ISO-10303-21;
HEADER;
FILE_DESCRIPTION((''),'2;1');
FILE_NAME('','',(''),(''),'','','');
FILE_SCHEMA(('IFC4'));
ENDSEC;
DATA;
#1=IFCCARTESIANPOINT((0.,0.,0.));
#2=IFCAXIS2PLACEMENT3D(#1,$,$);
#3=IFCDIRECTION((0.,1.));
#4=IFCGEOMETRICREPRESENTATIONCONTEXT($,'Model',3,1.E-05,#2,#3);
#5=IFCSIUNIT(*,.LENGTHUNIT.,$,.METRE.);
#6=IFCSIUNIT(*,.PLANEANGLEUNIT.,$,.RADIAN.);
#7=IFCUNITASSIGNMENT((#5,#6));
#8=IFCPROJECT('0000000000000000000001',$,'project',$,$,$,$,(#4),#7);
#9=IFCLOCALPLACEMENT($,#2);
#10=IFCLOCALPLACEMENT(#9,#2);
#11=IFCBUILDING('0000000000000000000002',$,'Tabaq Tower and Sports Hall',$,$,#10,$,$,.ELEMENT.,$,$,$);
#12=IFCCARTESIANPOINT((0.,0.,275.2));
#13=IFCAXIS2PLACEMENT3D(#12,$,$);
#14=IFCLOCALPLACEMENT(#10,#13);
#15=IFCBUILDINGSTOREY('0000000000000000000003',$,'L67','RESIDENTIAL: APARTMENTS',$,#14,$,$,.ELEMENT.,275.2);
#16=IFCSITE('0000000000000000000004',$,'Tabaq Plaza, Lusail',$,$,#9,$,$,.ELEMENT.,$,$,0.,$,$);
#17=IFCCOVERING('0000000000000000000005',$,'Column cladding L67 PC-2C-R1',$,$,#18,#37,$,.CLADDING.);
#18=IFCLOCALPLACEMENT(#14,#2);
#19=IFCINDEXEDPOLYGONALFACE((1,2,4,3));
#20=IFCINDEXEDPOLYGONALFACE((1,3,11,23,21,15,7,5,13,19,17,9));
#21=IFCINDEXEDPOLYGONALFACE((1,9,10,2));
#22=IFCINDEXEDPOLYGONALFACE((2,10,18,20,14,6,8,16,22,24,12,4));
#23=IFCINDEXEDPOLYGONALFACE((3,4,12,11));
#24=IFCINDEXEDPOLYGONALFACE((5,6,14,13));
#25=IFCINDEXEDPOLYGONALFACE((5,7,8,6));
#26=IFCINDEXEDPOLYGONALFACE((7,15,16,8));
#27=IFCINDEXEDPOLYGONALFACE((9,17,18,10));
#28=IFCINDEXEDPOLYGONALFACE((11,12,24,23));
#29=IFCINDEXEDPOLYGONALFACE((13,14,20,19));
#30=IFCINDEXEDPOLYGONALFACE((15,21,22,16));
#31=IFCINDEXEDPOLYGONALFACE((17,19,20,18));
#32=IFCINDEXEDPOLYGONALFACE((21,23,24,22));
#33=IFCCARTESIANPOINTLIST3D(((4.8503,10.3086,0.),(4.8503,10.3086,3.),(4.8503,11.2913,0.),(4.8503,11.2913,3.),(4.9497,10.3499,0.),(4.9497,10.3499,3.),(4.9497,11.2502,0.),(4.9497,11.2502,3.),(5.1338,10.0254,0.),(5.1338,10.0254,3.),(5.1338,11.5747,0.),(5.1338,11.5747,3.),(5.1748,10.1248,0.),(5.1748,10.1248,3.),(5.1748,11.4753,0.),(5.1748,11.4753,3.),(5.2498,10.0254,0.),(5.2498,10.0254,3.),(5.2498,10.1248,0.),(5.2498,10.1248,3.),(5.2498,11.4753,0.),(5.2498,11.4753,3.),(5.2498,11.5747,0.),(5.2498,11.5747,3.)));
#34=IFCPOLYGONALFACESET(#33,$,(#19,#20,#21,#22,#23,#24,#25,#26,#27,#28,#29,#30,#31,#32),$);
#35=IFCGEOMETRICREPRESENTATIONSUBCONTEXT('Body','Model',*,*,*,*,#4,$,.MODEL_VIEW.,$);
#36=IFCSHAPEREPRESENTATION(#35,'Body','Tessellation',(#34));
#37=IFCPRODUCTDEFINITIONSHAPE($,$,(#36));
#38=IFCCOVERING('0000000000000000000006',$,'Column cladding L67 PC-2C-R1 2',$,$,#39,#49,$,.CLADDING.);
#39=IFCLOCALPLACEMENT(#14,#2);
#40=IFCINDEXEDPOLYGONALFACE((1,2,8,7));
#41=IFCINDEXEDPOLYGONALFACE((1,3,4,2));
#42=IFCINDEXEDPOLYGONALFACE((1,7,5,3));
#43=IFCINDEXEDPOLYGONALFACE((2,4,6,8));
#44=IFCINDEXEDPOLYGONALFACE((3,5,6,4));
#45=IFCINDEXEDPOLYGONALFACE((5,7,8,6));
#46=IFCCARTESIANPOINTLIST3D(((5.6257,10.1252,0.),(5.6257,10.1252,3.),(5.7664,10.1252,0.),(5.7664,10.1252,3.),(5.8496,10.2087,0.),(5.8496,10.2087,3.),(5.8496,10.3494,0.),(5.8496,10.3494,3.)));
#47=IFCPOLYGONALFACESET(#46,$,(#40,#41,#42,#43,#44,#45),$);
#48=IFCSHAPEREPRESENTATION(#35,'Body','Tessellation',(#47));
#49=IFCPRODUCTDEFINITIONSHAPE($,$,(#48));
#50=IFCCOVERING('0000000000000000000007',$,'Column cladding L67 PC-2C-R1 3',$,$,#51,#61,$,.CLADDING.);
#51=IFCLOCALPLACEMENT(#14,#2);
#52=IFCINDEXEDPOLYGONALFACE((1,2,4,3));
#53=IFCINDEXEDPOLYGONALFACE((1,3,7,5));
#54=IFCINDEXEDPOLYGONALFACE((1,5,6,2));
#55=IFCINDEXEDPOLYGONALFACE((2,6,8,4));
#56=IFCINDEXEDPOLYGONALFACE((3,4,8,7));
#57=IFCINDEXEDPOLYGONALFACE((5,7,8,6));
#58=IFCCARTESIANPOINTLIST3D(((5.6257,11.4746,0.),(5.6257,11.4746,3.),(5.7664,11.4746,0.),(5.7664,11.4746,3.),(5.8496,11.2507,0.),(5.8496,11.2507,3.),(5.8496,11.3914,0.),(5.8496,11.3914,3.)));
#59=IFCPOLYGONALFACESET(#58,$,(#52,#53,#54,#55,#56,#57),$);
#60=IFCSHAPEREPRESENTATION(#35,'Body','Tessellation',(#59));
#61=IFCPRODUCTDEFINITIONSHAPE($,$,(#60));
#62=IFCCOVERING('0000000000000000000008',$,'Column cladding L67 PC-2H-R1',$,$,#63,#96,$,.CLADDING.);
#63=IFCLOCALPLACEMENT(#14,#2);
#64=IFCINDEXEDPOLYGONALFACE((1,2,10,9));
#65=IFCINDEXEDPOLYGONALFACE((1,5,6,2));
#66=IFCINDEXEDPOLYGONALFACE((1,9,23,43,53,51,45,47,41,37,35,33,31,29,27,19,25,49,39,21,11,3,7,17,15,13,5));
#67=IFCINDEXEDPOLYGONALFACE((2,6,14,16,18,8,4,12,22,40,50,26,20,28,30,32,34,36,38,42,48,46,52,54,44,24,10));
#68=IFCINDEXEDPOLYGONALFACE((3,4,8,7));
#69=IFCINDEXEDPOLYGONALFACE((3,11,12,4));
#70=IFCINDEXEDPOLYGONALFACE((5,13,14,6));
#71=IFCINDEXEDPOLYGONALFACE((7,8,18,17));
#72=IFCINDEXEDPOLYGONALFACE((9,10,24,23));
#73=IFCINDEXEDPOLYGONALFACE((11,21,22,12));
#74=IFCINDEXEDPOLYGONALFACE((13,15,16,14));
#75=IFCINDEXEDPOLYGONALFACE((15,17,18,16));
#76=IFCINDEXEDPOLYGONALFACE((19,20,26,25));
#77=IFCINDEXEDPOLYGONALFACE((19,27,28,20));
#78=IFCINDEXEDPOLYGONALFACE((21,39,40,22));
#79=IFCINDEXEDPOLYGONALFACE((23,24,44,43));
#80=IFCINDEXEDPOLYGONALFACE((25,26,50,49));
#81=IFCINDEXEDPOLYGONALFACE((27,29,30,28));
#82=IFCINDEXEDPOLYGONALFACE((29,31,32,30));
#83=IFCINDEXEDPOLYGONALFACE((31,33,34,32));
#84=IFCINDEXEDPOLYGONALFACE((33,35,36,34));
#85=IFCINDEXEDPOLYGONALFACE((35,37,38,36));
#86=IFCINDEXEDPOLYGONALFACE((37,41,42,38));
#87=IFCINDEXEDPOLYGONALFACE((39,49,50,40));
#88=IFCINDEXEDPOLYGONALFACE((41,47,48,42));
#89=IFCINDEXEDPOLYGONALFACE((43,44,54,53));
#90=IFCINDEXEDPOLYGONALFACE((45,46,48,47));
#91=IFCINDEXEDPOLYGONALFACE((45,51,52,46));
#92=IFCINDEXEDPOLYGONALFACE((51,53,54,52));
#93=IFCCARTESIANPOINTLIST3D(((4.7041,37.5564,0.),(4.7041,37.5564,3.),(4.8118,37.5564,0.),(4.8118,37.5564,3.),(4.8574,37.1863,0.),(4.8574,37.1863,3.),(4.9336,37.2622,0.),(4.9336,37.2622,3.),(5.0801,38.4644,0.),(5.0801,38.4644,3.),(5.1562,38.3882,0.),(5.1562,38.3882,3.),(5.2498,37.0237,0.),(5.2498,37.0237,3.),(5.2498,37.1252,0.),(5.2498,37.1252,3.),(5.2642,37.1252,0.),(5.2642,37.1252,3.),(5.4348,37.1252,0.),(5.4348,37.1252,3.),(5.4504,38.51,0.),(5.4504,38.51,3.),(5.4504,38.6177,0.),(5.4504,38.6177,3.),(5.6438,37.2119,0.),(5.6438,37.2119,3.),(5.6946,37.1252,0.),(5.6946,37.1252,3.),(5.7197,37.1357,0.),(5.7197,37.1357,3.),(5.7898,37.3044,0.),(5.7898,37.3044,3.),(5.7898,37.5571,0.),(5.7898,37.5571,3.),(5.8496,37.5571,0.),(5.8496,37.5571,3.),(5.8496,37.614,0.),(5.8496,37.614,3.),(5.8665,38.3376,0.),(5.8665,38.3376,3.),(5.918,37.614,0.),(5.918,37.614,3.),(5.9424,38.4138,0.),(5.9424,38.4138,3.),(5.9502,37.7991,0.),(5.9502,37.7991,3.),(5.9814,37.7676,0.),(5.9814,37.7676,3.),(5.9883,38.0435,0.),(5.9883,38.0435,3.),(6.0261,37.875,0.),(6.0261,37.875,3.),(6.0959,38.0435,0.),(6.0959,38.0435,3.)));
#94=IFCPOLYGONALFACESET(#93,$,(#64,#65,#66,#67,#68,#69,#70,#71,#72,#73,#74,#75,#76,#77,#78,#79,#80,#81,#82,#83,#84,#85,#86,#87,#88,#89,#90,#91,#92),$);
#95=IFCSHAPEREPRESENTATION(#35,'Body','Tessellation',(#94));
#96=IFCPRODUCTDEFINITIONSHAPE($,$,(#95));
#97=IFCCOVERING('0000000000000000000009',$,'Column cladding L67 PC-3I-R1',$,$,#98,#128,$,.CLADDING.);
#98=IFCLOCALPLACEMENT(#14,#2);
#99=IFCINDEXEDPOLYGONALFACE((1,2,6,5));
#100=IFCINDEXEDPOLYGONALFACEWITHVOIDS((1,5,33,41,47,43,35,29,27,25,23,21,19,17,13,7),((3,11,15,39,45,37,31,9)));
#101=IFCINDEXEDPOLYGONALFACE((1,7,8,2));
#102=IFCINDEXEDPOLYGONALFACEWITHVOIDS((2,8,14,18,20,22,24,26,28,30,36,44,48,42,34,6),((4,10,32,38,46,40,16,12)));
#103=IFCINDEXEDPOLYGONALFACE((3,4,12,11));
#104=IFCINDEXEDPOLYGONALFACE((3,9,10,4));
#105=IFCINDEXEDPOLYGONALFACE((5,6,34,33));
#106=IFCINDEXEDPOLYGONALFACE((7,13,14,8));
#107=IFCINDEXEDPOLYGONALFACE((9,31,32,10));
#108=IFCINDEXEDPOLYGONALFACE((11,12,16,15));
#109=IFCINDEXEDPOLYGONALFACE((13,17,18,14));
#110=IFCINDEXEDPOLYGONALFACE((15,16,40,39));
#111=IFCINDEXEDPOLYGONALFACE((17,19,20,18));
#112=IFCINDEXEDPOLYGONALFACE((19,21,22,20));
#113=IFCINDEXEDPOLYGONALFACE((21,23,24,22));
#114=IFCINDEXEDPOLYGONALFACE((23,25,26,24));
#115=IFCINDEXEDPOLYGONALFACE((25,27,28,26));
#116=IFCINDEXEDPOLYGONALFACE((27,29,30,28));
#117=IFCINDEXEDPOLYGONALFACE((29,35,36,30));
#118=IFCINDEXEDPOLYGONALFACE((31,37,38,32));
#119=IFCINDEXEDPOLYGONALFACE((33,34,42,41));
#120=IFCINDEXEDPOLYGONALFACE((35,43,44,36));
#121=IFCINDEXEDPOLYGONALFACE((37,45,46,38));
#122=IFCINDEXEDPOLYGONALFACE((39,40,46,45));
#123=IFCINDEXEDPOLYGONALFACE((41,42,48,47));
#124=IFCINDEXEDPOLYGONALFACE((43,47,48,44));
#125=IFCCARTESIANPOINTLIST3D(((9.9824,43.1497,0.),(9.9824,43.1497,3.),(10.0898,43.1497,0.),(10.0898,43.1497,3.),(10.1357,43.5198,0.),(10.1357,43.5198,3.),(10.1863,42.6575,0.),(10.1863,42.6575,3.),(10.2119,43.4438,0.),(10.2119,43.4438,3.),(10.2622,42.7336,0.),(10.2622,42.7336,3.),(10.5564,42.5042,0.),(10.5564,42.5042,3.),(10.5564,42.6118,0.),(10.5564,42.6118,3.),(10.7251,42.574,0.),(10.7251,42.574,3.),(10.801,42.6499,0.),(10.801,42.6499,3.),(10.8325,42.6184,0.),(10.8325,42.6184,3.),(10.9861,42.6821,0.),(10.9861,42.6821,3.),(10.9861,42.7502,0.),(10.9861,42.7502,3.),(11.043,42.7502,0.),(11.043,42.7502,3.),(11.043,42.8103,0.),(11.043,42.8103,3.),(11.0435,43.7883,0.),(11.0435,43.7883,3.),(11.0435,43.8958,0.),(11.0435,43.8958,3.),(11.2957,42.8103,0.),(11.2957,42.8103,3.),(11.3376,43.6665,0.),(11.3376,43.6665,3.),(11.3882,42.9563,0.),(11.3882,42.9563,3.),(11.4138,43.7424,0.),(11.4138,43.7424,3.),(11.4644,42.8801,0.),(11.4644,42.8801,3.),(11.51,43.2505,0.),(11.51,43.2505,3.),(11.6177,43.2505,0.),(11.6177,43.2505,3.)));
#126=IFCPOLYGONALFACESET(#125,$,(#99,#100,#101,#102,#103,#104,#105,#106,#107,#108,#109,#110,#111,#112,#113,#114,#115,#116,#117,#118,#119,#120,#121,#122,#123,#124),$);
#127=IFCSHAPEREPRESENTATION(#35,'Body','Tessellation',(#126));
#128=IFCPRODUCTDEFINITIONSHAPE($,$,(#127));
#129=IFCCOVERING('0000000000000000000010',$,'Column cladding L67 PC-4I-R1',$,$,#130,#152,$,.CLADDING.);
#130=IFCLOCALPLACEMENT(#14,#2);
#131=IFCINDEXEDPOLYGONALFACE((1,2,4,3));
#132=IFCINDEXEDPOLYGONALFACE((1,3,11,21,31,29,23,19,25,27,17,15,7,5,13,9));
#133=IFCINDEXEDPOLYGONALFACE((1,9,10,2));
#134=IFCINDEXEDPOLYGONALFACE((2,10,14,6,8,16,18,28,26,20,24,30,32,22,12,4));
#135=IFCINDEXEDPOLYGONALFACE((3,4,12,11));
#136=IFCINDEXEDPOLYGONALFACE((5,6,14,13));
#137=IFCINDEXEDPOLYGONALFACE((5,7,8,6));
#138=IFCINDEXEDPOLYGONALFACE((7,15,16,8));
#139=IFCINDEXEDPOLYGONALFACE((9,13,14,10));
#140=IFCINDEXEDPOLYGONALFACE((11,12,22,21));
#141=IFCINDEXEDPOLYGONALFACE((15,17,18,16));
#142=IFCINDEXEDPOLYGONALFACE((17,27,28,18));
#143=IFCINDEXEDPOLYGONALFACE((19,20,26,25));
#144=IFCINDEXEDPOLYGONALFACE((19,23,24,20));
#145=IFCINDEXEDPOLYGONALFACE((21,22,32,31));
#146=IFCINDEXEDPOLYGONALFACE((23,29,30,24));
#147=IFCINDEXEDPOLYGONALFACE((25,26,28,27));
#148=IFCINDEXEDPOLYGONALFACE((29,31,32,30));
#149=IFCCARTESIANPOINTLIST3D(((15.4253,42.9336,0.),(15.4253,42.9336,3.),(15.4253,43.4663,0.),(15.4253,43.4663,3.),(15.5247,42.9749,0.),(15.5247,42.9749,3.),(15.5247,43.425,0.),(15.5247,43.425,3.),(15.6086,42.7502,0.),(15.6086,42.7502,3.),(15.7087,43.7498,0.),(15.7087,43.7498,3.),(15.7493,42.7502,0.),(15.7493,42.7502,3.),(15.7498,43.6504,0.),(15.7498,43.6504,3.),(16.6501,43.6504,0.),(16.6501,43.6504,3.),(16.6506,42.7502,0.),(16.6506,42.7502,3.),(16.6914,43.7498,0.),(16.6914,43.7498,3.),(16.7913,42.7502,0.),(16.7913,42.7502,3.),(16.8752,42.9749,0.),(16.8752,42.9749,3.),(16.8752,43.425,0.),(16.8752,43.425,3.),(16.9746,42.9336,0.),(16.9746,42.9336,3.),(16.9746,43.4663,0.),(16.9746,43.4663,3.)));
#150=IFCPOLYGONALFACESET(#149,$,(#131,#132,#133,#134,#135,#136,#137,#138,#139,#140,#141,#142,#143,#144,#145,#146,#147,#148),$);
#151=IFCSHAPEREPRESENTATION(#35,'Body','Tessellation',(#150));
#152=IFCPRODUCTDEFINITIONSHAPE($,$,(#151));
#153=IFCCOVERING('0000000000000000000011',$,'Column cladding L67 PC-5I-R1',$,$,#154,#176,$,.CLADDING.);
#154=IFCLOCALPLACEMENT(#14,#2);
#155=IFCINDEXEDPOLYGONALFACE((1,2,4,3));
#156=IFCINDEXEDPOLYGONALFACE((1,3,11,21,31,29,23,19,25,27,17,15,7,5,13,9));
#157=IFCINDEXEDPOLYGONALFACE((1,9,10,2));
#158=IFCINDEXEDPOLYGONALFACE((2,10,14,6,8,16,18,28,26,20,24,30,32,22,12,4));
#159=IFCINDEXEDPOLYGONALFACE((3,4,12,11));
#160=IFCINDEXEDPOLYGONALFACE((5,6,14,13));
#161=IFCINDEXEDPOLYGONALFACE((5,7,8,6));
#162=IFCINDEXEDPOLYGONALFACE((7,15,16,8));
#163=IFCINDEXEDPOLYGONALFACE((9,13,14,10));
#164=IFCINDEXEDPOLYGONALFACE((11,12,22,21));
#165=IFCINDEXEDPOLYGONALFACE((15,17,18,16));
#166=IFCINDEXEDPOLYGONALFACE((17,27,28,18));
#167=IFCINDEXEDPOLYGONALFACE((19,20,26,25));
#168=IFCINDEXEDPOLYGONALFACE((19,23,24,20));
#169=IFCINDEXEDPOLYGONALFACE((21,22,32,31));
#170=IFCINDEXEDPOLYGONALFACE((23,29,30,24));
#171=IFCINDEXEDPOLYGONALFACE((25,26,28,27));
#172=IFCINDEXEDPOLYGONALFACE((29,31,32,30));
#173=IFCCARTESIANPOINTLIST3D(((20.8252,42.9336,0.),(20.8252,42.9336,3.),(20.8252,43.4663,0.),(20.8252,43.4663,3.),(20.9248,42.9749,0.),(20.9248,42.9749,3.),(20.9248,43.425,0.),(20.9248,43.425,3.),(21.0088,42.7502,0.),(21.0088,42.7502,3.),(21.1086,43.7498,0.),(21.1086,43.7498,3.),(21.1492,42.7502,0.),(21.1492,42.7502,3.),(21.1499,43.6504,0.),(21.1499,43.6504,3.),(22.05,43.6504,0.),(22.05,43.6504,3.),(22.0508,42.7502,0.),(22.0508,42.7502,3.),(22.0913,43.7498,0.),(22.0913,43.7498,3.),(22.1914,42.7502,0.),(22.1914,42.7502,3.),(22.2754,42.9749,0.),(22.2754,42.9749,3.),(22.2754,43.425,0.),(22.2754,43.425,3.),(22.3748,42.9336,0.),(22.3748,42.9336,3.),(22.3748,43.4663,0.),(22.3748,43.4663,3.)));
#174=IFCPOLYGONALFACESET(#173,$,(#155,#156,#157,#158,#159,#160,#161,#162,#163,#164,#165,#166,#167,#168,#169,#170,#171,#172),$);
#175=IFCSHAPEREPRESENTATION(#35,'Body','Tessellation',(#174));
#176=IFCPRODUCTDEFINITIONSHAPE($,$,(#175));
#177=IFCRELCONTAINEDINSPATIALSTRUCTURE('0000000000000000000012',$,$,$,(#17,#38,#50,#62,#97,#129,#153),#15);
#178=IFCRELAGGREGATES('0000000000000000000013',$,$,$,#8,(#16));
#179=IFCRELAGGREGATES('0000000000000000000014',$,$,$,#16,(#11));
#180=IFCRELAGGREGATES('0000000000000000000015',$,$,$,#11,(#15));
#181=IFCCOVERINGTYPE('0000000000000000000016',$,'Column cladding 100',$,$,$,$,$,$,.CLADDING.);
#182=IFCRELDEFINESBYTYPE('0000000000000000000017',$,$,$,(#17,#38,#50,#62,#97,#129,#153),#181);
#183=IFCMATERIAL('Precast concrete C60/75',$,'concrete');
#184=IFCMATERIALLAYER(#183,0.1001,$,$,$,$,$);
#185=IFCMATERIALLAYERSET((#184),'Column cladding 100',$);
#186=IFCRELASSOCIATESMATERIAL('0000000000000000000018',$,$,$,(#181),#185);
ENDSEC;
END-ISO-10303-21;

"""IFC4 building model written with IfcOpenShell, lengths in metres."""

from ifc_helpers import new_model, si_unit, direction, frame, origin, place, context, subcontext, project, spatial, polyline, outline, extrude, material, layer, layer_set, type_object, element, save


model = new_model("IFC4")

# Units and contexts
model_context = context("Model", 3, precision=1e-05, world=origin(), true_north=direction((0.0, 1.0)))
body_context = subcontext(model_context, "Body", "Model", "MODEL_VIEW")
ifc_project = project(units=[si_unit("LENGTHUNIT", "METRE"), si_unit("PLANEANGLEUNIT", "RADIAN")], contexts=[model_context])

# Site, building, storey
site_placement = place(None, origin())
site = spatial("IfcSite", under=ifc_project, at=site_placement, Name="Tabaq Plaza, Lusail", CompositionType="ELEMENT", RefElevation=0.0)
building_placement = place(site_placement, origin())
building = spatial("IfcBuilding", under=site, at=building_placement, Name="Tabaq Tower and Sports Hall", CompositionType="ELEMENT")
storey_placement = place(building_placement, frame((0.0, 0.0, 275.2)))
storey = spatial("IfcBuildingStorey", under=building, at=storey_placement, Name="L67", Description="RESIDENTIAL: APARTMENTS", CompositionType="ELEMENT", Elevation=275.2)

# Coverings
ifc_material_1 = material(Name="Precast concrete C60/75", Category="concrete")
ifc_layer_1 = layer(ifc_material_1, 0.1001)
ifc_layer_set_1 = layer_set([ifc_layer_1], Name="Column cladding 100")
covering_type_1 = type_object("IfcCoveringType", Name="Column cladding 100", PredefinedType="CLADDING", material=ifc_layer_set_1)
covering_1_placement = place(storey_placement, origin())
element("IfcCovering", 1, at=covering_1_placement, inside=storey, type_object=covering_type_1, Name="Column cladding L67 PC-2C-R1", PredefinedType="CLADDING", context=body_context, shape_type="SweptSolid", body=[
    extrude(outline(polyline([(5.1338, 10.0254), (4.8503, 10.3086), (4.8503, 11.2913), (5.1338, 11.5747), (5.2498, 11.5747), (5.2498, 11.4753), (5.1748, 11.4753), (4.9497, 11.2502), (4.9497, 10.3499), (5.1748, 10.1248), (5.2498, 10.1248), (5.2498, 10.0254), (5.1338, 10.0254)])), origin(), (0.0, 0.0, 1.0), 3.0),
])
covering_2_placement = place(storey_placement, origin())
element("IfcCovering", 2, at=covering_2_placement, inside=storey, type_object=covering_type_1, Name="Column cladding L67 PC-2C-R1 2", PredefinedType="CLADDING", context=body_context, shape_type="SweptSolid", body=[
    extrude(outline(polyline([(5.7664, 10.1252), (5.6257, 10.1252), (5.8496, 10.3494), (5.8496, 10.2087), (5.7664, 10.1252)])), origin(), (0.0, 0.0, 1.0), 3.0),
])
covering_3_placement = place(storey_placement, origin())
element("IfcCovering", 3, at=covering_3_placement, inside=storey, type_object=covering_type_1, Name="Column cladding L67 PC-2C-R1 3", PredefinedType="CLADDING", context=body_context, shape_type="SweptSolid", body=[
    extrude(outline(polyline([(5.8496, 11.3914), (5.8496, 11.2507), (5.6257, 11.4746), (5.7664, 11.4746), (5.8496, 11.3914)])), origin(), (0.0, 0.0, 1.0), 3.0),
])
covering_4_placement = place(storey_placement, origin())
element("IfcCovering", 4, at=covering_4_placement, inside=storey, type_object=covering_type_1, Name="Column cladding L67 PC-2H-R1", PredefinedType="CLADDING", context=body_context, shape_type="SweptSolid", body=[
    extrude(outline(polyline([(4.8574, 37.1863), (4.7041, 37.5564), (5.0801, 38.4644), (5.4504, 38.6177), (5.9424, 38.4138), (6.0959, 38.0435), (6.0261, 37.875), (5.9502, 37.7991), (5.9814, 37.7676), (5.918, 37.614), (5.8496, 37.614), (5.8496, 37.5571), (5.7898, 37.5571), (5.7898, 37.3044), (5.7197, 37.1357), (5.6946, 37.1252), (5.4348, 37.1252), (5.6438, 37.2119), (5.9883, 38.0435), (5.8665, 38.3376), (5.4504, 38.51), (5.1562, 38.3882), (4.8118, 37.5564), (4.9336, 37.2622), (5.2642, 37.1252), (5.2498, 37.1252), (5.2498, 37.0237), (4.8574, 37.1863)])), origin(), (0.0, 0.0, 1.0), 3.0),
])
covering_5_placement = place(storey_placement, origin())
element("IfcCovering", 5, at=covering_5_placement, inside=storey, type_object=covering_type_1, Name="Column cladding L67 PC-3I-R1", PredefinedType="CLADDING", context=body_context, shape_type="SweptSolid", body=[
    extrude(outline(polyline([(9.9824, 43.1497), (10.1357, 43.5198), (11.0435, 43.8958), (11.4138, 43.7424), (11.6177, 43.2505), (11.4644, 42.8801), (11.2957, 42.8103), (11.043, 42.8103), (11.043, 42.7502), (10.9861, 42.7502), (10.9861, 42.6821), (10.8325, 42.6184), (10.801, 42.6499), (10.7251, 42.574), (10.5564, 42.5042), (10.1863, 42.6575), (9.9824, 43.1497)]), holes=[polyline([(11.51, 43.2505), (11.3376, 43.6665), (11.0435, 43.7883), (10.2119, 43.4438), (10.0898, 43.1497), (10.2622, 42.7336), (10.5564, 42.6118), (11.3882, 42.9563), (11.51, 43.2505)])]), origin(), (0.0, 0.0, 1.0), 3.0),
])
covering_6_placement = place(storey_placement, origin())
element("IfcCovering", 6, at=covering_6_placement, inside=storey, type_object=covering_type_1, Name="Column cladding L67 PC-4I-R1", PredefinedType="CLADDING", context=body_context, shape_type="SweptSolid", body=[
    extrude(outline(polyline([(15.4253, 43.4663), (15.7087, 43.7498), (16.6914, 43.7498), (16.9746, 43.4663), (16.9746, 42.9336), (16.7913, 42.7502), (16.6506, 42.7502), (16.8752, 42.9749), (16.8752, 43.425), (16.6501, 43.6504), (15.7498, 43.6504), (15.5247, 43.425), (15.5247, 42.9749), (15.7493, 42.7502), (15.6086, 42.7502), (15.4253, 42.9336), (15.4253, 43.4663)])), origin(), (0.0, 0.0, 1.0), 3.0),
])
covering_7_placement = place(storey_placement, origin())
element("IfcCovering", 7, at=covering_7_placement, inside=storey, type_object=covering_type_1, Name="Column cladding L67 PC-5I-R1", PredefinedType="CLADDING", context=body_context, shape_type="SweptSolid", body=[
    extrude(outline(polyline([(20.8252, 43.4663), (21.1086, 43.7498), (22.0913, 43.7498), (22.3748, 43.4663), (22.3748, 42.9336), (22.1914, 42.7502), (22.0508, 42.7502), (22.2754, 42.9749), (22.2754, 43.425), (22.05, 43.6504), (21.1499, 43.6504), (20.9248, 43.425), (20.9248, 42.9749), (21.1492, 42.7502), (21.0088, 42.7502), (20.8252, 42.9336), (20.8252, 43.4663)])), origin(), (0.0, 0.0, 1.0), 3.0),
])

save(model, "model.ifc")
